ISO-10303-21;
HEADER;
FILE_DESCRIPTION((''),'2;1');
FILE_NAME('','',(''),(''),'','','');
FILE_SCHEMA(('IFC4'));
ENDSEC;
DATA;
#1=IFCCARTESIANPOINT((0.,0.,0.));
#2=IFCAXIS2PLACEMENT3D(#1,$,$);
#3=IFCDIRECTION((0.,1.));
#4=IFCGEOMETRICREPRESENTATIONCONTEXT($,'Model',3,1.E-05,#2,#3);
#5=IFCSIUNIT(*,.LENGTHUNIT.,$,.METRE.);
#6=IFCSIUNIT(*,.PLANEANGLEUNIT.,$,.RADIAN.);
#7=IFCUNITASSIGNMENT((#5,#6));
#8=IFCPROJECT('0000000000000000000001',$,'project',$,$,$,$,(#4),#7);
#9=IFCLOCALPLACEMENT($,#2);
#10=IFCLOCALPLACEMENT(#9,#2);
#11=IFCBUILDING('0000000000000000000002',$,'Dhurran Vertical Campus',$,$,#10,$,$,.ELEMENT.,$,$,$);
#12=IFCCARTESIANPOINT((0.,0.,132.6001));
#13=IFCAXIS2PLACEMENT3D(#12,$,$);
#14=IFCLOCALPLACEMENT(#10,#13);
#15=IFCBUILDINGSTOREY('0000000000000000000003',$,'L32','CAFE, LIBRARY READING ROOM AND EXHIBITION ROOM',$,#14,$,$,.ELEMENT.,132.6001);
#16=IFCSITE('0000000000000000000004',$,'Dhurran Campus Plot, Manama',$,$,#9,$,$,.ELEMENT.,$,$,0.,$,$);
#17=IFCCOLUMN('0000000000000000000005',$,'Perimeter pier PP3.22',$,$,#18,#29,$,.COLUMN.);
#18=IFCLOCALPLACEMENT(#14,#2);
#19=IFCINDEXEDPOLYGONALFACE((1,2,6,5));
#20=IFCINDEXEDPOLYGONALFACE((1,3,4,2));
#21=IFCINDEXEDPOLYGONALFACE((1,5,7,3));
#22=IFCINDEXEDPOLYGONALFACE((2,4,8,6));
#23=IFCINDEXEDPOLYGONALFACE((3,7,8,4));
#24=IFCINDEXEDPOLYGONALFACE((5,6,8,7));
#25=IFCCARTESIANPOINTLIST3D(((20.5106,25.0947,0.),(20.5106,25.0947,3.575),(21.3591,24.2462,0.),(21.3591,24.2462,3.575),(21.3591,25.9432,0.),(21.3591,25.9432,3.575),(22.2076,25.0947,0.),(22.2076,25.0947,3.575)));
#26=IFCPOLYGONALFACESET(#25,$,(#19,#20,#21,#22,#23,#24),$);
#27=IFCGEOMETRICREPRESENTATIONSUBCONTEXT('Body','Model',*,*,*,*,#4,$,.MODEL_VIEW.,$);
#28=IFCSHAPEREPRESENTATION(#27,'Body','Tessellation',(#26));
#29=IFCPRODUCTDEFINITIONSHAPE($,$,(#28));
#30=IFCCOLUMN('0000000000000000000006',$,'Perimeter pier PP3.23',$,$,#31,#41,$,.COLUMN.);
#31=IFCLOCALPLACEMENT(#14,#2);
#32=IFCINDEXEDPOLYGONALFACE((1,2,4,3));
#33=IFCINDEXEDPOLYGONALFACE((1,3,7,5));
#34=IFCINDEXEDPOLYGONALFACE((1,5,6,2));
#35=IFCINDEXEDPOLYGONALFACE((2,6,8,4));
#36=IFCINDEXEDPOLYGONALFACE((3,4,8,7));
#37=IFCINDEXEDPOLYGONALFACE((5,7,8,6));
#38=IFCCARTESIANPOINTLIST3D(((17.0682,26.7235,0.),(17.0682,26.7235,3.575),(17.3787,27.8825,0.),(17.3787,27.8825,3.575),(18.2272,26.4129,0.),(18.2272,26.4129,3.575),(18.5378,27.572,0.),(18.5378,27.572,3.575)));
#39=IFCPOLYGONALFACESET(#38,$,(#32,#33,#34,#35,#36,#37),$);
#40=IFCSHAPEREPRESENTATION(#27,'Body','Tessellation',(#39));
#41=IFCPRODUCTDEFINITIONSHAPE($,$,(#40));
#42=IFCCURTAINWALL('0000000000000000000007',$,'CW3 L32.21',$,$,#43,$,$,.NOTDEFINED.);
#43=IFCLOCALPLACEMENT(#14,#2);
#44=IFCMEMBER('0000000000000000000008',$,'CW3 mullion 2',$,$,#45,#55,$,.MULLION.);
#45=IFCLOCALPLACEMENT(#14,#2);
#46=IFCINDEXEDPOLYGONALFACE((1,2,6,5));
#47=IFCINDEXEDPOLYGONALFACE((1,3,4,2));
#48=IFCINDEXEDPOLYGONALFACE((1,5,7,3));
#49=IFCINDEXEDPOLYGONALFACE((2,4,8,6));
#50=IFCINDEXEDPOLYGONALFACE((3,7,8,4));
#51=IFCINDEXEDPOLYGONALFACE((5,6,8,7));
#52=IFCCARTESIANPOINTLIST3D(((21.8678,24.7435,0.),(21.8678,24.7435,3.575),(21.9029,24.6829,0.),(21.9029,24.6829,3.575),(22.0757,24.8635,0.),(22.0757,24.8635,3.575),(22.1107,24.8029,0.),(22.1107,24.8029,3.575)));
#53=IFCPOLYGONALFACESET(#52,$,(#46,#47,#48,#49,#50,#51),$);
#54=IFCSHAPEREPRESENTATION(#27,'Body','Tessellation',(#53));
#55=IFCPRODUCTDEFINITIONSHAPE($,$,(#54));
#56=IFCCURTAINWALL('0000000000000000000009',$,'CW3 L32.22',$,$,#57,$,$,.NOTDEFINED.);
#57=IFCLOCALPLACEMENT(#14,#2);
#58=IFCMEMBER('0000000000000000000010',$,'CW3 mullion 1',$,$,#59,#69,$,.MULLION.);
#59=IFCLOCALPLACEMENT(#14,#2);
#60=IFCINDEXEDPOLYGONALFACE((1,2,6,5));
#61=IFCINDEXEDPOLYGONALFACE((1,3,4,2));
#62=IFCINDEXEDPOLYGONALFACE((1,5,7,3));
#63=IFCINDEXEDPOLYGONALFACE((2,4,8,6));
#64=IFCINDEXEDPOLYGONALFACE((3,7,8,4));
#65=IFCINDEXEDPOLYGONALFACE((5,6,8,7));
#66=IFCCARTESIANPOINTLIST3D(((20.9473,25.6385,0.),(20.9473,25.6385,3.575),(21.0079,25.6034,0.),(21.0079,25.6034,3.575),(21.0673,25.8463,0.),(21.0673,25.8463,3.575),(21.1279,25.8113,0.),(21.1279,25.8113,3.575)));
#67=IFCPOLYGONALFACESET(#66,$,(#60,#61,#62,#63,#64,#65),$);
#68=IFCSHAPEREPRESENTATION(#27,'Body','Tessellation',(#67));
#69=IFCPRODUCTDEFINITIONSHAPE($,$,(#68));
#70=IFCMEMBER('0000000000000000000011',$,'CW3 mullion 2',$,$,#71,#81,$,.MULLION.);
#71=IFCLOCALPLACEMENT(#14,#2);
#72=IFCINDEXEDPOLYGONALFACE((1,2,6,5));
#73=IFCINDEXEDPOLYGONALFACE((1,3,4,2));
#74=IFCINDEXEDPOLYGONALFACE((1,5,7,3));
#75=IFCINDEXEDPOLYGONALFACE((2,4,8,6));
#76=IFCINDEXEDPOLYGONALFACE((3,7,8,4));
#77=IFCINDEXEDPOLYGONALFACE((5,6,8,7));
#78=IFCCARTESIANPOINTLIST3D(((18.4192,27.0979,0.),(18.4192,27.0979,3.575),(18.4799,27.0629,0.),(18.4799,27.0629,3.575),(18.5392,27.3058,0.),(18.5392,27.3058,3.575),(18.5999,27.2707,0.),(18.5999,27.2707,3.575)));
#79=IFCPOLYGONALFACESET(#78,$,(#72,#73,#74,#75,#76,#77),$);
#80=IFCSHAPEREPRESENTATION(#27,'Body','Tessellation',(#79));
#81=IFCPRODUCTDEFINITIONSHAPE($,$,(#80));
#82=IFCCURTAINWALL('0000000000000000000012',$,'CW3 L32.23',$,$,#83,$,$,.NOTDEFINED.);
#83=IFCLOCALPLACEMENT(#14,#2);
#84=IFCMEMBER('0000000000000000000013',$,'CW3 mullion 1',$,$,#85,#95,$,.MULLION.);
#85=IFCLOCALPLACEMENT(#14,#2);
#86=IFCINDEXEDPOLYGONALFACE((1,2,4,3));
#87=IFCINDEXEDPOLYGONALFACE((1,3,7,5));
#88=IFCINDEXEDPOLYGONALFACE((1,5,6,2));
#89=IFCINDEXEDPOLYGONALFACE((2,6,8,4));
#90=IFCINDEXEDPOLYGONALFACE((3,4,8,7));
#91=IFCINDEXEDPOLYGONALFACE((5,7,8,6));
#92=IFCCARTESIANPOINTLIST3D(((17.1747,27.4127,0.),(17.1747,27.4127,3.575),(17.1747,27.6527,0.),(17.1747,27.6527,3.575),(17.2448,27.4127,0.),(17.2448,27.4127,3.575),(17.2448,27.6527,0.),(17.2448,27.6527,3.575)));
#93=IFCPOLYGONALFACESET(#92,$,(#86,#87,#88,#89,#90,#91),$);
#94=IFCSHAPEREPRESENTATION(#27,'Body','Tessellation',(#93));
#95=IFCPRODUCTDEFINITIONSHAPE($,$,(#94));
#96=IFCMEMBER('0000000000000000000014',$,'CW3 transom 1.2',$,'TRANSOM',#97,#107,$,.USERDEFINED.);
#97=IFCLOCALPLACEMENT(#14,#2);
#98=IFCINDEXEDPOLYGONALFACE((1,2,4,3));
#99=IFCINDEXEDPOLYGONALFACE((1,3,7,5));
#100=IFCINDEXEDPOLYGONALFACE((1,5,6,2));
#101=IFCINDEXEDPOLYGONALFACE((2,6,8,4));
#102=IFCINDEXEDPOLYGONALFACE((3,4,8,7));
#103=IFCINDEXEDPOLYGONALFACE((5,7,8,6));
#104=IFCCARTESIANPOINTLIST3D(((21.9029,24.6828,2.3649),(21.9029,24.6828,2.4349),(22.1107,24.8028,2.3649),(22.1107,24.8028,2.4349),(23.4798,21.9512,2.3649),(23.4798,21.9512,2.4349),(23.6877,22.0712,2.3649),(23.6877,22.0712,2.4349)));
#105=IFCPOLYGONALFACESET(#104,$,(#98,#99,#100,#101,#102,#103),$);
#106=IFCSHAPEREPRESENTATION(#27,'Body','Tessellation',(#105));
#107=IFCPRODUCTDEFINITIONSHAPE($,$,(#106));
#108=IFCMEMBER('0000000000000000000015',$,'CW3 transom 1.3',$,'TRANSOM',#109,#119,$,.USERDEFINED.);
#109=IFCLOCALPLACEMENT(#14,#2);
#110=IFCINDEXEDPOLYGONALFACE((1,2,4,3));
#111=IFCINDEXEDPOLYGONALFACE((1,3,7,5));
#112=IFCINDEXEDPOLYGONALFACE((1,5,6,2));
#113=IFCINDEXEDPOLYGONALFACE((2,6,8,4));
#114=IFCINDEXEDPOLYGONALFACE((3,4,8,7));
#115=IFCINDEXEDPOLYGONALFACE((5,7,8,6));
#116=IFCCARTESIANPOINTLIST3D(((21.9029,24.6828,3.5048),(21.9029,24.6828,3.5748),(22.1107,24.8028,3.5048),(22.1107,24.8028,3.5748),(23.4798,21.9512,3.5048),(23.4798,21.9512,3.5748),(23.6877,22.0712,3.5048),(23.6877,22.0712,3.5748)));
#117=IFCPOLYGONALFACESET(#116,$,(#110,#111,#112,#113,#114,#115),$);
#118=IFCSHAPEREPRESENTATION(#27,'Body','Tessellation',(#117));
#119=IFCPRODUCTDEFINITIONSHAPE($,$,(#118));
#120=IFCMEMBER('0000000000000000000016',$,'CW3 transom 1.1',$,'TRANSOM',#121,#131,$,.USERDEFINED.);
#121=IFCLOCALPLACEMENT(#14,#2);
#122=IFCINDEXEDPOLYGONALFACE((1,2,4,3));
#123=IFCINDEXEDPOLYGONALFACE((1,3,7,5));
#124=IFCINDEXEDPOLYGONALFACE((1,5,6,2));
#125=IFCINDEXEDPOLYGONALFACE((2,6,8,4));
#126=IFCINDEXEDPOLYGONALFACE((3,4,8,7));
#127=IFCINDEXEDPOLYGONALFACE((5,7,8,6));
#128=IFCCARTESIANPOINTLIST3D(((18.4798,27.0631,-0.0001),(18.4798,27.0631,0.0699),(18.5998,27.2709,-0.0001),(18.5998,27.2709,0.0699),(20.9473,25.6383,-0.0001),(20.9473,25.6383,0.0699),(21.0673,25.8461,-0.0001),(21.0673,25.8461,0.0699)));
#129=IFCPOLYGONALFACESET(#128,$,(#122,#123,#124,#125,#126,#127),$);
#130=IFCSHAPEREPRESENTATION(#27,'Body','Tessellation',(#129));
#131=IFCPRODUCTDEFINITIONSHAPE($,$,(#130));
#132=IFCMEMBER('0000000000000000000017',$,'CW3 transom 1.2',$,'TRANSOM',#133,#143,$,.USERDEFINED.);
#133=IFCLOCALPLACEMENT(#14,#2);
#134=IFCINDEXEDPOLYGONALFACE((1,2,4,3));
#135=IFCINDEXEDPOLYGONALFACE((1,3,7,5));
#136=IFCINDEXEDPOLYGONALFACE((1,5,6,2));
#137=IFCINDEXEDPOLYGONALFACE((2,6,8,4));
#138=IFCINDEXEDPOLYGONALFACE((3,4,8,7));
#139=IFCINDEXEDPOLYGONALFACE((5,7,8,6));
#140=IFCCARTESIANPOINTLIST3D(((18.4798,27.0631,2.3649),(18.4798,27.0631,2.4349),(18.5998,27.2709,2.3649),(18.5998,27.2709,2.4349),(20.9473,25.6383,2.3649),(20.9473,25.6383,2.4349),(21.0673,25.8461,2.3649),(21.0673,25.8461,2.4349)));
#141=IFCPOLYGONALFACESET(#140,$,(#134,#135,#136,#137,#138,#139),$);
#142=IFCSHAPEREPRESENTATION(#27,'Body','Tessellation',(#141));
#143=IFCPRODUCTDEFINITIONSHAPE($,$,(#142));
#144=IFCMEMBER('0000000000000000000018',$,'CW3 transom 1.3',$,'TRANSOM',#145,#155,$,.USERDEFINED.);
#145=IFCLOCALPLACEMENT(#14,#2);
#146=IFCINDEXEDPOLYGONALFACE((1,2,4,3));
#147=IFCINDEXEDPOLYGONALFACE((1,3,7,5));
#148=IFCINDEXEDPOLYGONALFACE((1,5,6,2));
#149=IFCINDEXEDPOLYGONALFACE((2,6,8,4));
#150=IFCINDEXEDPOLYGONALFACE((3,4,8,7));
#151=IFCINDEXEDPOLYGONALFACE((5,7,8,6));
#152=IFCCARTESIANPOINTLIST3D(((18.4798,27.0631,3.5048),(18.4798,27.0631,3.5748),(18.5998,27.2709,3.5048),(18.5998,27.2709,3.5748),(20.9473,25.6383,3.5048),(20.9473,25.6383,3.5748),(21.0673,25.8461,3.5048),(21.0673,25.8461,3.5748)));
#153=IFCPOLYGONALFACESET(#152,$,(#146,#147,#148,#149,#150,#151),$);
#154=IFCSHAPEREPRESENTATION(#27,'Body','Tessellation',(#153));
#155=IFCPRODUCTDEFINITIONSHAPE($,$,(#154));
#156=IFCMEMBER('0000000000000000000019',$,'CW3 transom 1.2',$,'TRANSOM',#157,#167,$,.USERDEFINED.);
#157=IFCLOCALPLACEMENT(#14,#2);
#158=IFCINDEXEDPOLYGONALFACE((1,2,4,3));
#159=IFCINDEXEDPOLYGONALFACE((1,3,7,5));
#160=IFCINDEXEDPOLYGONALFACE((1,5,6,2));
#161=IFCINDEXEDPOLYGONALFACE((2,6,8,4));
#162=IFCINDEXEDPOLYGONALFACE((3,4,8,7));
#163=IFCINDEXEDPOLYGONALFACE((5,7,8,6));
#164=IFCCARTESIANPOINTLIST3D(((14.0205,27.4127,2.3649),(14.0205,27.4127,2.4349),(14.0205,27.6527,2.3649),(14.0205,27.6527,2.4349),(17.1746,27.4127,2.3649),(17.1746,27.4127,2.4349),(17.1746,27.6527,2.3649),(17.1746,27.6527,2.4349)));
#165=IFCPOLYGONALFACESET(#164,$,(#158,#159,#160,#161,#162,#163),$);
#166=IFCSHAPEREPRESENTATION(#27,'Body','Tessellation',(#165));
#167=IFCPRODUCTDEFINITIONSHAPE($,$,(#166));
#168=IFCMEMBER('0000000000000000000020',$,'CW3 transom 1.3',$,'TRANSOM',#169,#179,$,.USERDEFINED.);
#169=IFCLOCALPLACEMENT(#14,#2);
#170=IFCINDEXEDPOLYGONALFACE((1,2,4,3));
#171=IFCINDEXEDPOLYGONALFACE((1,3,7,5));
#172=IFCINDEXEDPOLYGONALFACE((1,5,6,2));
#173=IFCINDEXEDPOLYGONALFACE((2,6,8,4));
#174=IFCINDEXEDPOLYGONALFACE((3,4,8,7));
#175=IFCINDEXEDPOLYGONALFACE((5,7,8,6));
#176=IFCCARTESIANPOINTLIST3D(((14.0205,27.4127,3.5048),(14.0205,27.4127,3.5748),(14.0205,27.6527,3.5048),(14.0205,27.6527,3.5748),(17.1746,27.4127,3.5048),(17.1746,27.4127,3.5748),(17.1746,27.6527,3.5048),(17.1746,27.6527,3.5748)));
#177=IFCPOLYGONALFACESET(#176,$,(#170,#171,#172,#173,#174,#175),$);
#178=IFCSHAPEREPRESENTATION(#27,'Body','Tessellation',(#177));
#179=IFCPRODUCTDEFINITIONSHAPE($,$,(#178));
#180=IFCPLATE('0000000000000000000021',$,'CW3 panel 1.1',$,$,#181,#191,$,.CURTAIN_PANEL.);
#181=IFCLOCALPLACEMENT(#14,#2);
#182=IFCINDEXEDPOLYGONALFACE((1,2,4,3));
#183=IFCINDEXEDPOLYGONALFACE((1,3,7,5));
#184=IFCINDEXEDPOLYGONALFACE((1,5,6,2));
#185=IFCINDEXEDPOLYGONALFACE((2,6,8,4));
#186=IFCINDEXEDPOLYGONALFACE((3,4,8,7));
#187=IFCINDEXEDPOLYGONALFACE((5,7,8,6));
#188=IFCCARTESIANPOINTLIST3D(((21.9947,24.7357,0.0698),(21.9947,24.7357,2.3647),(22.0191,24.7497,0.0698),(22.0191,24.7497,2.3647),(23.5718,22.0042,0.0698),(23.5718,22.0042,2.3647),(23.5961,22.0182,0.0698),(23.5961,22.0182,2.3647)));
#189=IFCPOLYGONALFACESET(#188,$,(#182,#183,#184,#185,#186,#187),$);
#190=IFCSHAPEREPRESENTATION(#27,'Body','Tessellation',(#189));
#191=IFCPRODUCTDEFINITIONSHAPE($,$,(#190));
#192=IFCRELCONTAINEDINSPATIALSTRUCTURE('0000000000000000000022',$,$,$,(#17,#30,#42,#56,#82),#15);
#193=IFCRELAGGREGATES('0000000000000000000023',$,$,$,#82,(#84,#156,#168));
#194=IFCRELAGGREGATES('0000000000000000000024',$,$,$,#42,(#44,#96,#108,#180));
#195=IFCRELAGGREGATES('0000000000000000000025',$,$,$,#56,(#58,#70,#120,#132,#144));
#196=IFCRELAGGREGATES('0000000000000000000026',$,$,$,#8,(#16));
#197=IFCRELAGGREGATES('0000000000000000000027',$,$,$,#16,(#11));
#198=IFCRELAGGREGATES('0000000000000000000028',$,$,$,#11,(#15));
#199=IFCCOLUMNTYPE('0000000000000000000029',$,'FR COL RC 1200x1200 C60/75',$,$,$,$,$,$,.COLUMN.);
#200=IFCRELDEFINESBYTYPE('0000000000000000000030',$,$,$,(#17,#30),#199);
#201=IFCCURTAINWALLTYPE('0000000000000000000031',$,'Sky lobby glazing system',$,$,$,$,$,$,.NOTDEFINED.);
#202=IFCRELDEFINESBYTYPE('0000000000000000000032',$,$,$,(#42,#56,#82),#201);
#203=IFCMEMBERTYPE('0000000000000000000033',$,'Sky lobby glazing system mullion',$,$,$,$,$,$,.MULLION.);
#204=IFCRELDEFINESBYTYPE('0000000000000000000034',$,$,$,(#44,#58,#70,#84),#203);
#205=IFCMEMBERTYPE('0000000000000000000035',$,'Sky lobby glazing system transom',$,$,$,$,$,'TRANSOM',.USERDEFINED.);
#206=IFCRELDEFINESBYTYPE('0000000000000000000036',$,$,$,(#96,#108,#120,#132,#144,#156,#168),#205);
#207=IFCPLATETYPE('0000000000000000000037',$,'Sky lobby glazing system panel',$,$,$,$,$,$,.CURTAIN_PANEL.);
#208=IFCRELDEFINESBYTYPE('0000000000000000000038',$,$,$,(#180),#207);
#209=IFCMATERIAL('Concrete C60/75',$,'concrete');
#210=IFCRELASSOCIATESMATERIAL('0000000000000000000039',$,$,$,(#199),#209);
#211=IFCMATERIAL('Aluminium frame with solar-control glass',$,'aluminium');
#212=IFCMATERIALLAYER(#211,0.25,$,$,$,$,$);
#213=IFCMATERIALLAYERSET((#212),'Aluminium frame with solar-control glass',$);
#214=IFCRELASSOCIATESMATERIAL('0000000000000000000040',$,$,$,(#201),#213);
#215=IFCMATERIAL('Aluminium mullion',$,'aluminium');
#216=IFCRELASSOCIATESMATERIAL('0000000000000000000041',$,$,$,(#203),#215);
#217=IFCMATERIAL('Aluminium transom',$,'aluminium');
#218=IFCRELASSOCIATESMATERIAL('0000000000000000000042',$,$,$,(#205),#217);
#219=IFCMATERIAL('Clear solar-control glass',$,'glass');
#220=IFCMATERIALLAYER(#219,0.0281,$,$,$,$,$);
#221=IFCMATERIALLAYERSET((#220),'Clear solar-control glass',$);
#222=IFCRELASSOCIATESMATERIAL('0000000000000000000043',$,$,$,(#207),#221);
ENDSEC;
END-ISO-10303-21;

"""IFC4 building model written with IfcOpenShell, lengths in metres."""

from ifc_helpers import new_model, si_unit, direction, frame, origin, origin_2d, place, context, subcontext, project, spatial, rectangle, extrude, material, layer, layer_set, material_profile, profile_set, type_object, element, aggregate, save


model = new_model("IFC4")

# Units and contexts
model_context = context("Model", 3, precision=1e-05, world=origin(), true_north=direction((0.0, 1.0)))
body_context = subcontext(model_context, "Body", "Model", "MODEL_VIEW")
ifc_project = project(units=[si_unit("LENGTHUNIT", "METRE"), si_unit("PLANEANGLEUNIT", "RADIAN")], contexts=[model_context])

# Site, building, storey
site_placement = place(None, origin())
site = spatial("IfcSite", under=ifc_project, at=site_placement, Name="Dhurran Campus Plot, Manama", CompositionType="ELEMENT", RefElevation=0.0)
building_placement = place(site_placement, origin())
building = spatial("IfcBuilding", under=site, at=building_placement, Name="Dhurran Vertical Campus", CompositionType="ELEMENT")
storey_placement = place(building_placement, frame((0.0, 0.0, 132.6001)))
storey = spatial("IfcBuildingStorey", under=building, at=storey_placement, Name="L32", Description="CAFE, LIBRARY READING ROOM AND EXHIBITION ROOM", CompositionType="ELEMENT", Elevation=132.6001)

# Columns
ifc_material_1 = material(Name="Concrete C60/75", Category="concrete")
ifc_material_profile_1 = material_profile(ifc_material_1, rectangle(XDim=1.2, YDim=1.2, at=origin_2d()), Name="RC 1200x1200")
ifc_profile_set_1 = profile_set([ifc_material_profile_1], Name="Concrete C60/75")
column_type = type_object("IfcColumnType", Name="FR COL RC 1200x1200 C60/75", PredefinedType="COLUMN", material=ifc_profile_set_1)
for number, where, z_axis, x_axis, name in (
    (1, (21.3591, 25.0947, 0.0), (0.0, 0.0, 1.0), (-0.707107, 0.707107, 0.0), "Perimeter pier PP3.22"),
    (2, (17.803, 27.1477, 0.0), (0.0, 0.0, 1.0), (-0.965926, 0.258819, 0.0), "Perimeter pier PP3.23"),
):
    element("IfcColumn", number, at=place(storey_placement, frame(where, z_axis=z_axis, x_axis=x_axis)), inside=storey, type_object=column_type, Name=name, PredefinedType="COLUMN", context=body_context, shape_type="SweptSolid", body=[
        extrude(rectangle(XDim=1.2, YDim=1.2, at=origin_2d()), origin(), (0.0, 0.0, 1.0), 3.575),
    ])

# Curtain wall, member
ifc_material_2 = material(Name="Aluminium frame with solar-control glass", Category="aluminium")
ifc_layer_1 = layer(ifc_material_2, 0.25)
ifc_layer_set_1 = layer_set([ifc_layer_1], Name="Aluminium frame with solar-control glass")
curtain_wall_type = type_object("IfcCurtainWallType", Name="Sky lobby glazing system", PredefinedType="NOTDEFINED", material=ifc_layer_set_1)
curtain_wall_1_placement = place(storey_placement, origin())
curtain_wall_1 = element("IfcCurtainWall", 3, at=curtain_wall_1_placement, inside=storey, type_object=curtain_wall_type, Name="CW3 L32.21", PredefinedType="NOTDEFINED")
ifc_material_3 = material(Name="Aluminium mullion", Category="aluminium")
ifc_material_profile_2 = material_profile(ifc_material_3, rectangle(XDim=0.24, YDim=0.0701, at=origin_2d()), Name="Sky lobby glazing system mullion")
ifc_profile_set_2 = profile_set([ifc_material_profile_2], Name="Aluminium mullion")
member_type_1 = type_object("IfcMemberType", Name="Sky lobby glazing system mullion", PredefinedType="MULLION", material=ifc_profile_set_2)
member_1_placement = place(storey_placement, frame((21.9893, 24.7732, 0.0), z_axis=(0.0, 0.0, 1.0), x_axis=(-0.866026, -0.499998, 0.0)))
member_1 = element("IfcMember", 4, at=member_1_placement, type_object=member_type_1, Name="CW3 mullion 2", PredefinedType="MULLION", context=body_context, shape_type="SweptSolid", body=[
    extrude(rectangle(XDim=0.24, YDim=0.0701, at=origin_2d()), origin(), (0.0, 0.0, 1.0), 3.575),
])

# Curtain wall, members
curtain_wall_2_placement = place(storey_placement, origin())
curtain_wall_2 = element("IfcCurtainWall", 5, at=curtain_wall_2_placement, inside=storey, type_object=curtain_wall_type, Name="CW3 L32.22", PredefinedType="NOTDEFINED")
member_2_placement = place(storey_placement, frame((21.0376, 25.7249, 0.0), z_axis=(0.0, 0.0, 1.0), x_axis=(-0.500003, -0.866023, 0.0)))
member_2 = element("IfcMember", 6, at=member_2_placement, type_object=member_type_1, Name="CW3 mullion 1", PredefinedType="MULLION", context=body_context, shape_type="SweptSolid", body=[
    extrude(rectangle(XDim=0.24, YDim=0.0701, at=origin_2d()), origin(), (0.0, 0.0, 1.0), 3.575),
])
member_3_placement = place(storey_placement, frame((18.5095, 27.1843, 0.0), z_axis=(0.0, 0.0, 1.0), x_axis=(-0.500003, -0.866023, 0.0)))
member_3 = element("IfcMember", 7, at=member_3_placement, type_object=member_type_1, Name="CW3 mullion 2", PredefinedType="MULLION", context=body_context, shape_type="SweptSolid", body=[
    extrude(rectangle(XDim=0.24, YDim=0.0701, at=origin_2d()), origin(), (0.0, 0.0, 1.0), 3.575),
])

# Curtain wall, member
curtain_wall_3_placement = place(storey_placement, origin())
curtain_wall_3 = element("IfcCurtainWall", 8, at=curtain_wall_3_placement, inside=storey, type_object=curtain_wall_type, Name="CW3 L32.23", PredefinedType="NOTDEFINED")
member_4_placement = place(storey_placement, frame((17.2097, 27.5327, 0.0), z_axis=(0.0, 0.0, 1.0), x_axis=(0.0, -1.0, 0.0)))
member_4 = element("IfcMember", 9, at=member_4_placement, type_object=member_type_1, Name="CW3 mullion 1", PredefinedType="MULLION", context=body_context, shape_type="SweptSolid", body=[
    extrude(rectangle(XDim=0.24, YDim=0.0701, at=origin_2d()), origin(), (0.0, 0.0, 1.0), 3.575),
])

# Members
ifc_material_4 = material(Name="Aluminium transom", Category="aluminium")
ifc_material_profile_3 = material_profile(ifc_material_4, rectangle(XDim=0.24, YDim=0.0701, at=origin_2d()), Name="Sky lobby glazing system transom")
ifc_profile_set_3 = profile_set([ifc_material_profile_3], Name="Aluminium transom")
member_type_2 = type_object("IfcMemberType", Name="Sky lobby glazing system transom", ElementType="TRANSOM", PredefinedType="USERDEFINED", material=ifc_profile_set_3)
member_5_placement = place(storey_placement, frame((23.5837, 22.0112, 2.3999), z_axis=(-0.499977, 0.866039, 0.0), x_axis=(-0.866039, -0.499977, 0.0)))
member_5 = element("IfcMember", 10, at=member_5_placement, type_object=member_type_2, Name="CW3 transom 1.2", ObjectType="TRANSOM", PredefinedType="USERDEFINED", context=body_context, shape_type="SweptSolid", body=[
    extrude(rectangle(XDim=0.24, YDim=0.0701, at=origin_2d()), origin(), (0.0, 0.0, 1.0), 3.1541),
])
member_6_placement = place(storey_placement, frame((23.5837, 22.0112, 3.5398), z_axis=(-0.499977, 0.866039, 0.0), x_axis=(-0.866039, -0.499977, 0.0)))
member_6 = element("IfcMember", 11, at=member_6_placement, type_object=member_type_2, Name="CW3 transom 1.3", ObjectType="TRANSOM", PredefinedType="USERDEFINED", context=body_context, shape_type="SweptSolid", body=[
    extrude(rectangle(XDim=0.24, YDim=0.0701, at=origin_2d()), origin(), (0.0, 0.0, 1.0), 3.1541),
])
member_7_placement = place(storey_placement, frame((21.0073, 25.7422, 0.0349), z_axis=(-0.865999, 0.500046, 0.0), x_axis=(-0.500046, -0.865999, 0.0)))
member_7 = element("IfcMember", 12, at=member_7_placement, type_object=member_type_2, Name="CW3 transom 1.1", ObjectType="TRANSOM", PredefinedType="USERDEFINED", context=body_context, shape_type="SweptSolid", body=[
    extrude(rectangle(XDim=0.24, YDim=0.0701, at=origin_2d()), origin(), (0.0, 0.0, 1.0), 2.8494),
])
member_8_placement = place(storey_placement, frame((21.0073, 25.7422, 2.3999), z_axis=(-0.865999, 0.500046, 0.0), x_axis=(-0.500046, -0.865999, 0.0)))
member_8 = element("IfcMember", 13, at=member_8_placement, type_object=member_type_2, Name="CW3 transom 1.2", ObjectType="TRANSOM", PredefinedType="USERDEFINED", context=body_context, shape_type="SweptSolid", body=[
    extrude(rectangle(XDim=0.24, YDim=0.0701, at=origin_2d()), origin(), (0.0, 0.0, 1.0), 2.8494),
])
member_9_placement = place(storey_placement, frame((21.0073, 25.7422, 3.5398), z_axis=(-0.865999, 0.500046, 0.0), x_axis=(-0.500046, -0.865999, 0.0)))
member_9 = element("IfcMember", 14, at=member_9_placement, type_object=member_type_2, Name="CW3 transom 1.3", ObjectType="TRANSOM", PredefinedType="USERDEFINED", context=body_context, shape_type="SweptSolid", body=[
    extrude(rectangle(XDim=0.24, YDim=0.0701, at=origin_2d()), origin(), (0.0, 0.0, 1.0), 2.8494),
])
member_10_placement = place(storey_placement, frame((17.1746, 27.5327, 2.3999), z_axis=(-1.0, 0.0, 0.0), x_axis=(0.0, -1.0, 0.0)))
member_10 = element("IfcMember", 15, at=member_10_placement, type_object=member_type_2, Name="CW3 transom 1.2", ObjectType="TRANSOM", PredefinedType="USERDEFINED", context=body_context, shape_type="SweptSolid", body=[
    extrude(rectangle(XDim=0.24, YDim=0.0701, at=origin_2d()), origin(), (0.0, 0.0, 1.0), 3.1541),
])
member_11_placement = place(storey_placement, frame((17.1746, 27.5327, 3.5398), z_axis=(-1.0, 0.0, 0.0), x_axis=(0.0, -1.0, 0.0)))
member_11 = element("IfcMember", 16, at=member_11_placement, type_object=member_type_2, Name="CW3 transom 1.3", ObjectType="TRANSOM", PredefinedType="USERDEFINED", context=body_context, shape_type="SweptSolid", body=[
    extrude(rectangle(XDim=0.24, YDim=0.0701, at=origin_2d()), origin(), (0.0, 0.0, 1.0), 3.1541),
])
aggregate(curtain_wall_3, [member_4, member_10, member_11])

# Plate
ifc_material_5 = material(Name="Clear solar-control glass", Category="glass")
ifc_layer_2 = layer(ifc_material_5, 0.0281)
ifc_layer_set_2 = layer_set([ifc_layer_2], Name="Clear solar-control glass")
plate_type = type_object("IfcPlateType", Name="Sky lobby glazing system panel", PredefinedType="CURTAIN_PANEL", material=ifc_layer_set_2)
plate_1_placement = place(storey_placement, frame((22.7954, 23.377, 0.0698), z_axis=(0.0, 0.0, 1.0), x_axis=(-0.499998, 0.866026, 0.0)))
plate_1 = element("IfcPlate", 17, at=plate_1_placement, type_object=plate_type, Name="CW3 panel 1.1", PredefinedType="CURTAIN_PANEL", context=body_context, shape_type="SweptSolid", body=[
    extrude(rectangle(XDim=3.1541, YDim=0.0281, at=origin_2d()), origin(), (0.0, 0.0, 1.0), 2.2949),
])
aggregate(curtain_wall_1, [member_1, member_5, member_6, plate_1])
aggregate(curtain_wall_2, [member_2, member_3, member_7, member_8, member_9])

save(model, "model.ifc")
